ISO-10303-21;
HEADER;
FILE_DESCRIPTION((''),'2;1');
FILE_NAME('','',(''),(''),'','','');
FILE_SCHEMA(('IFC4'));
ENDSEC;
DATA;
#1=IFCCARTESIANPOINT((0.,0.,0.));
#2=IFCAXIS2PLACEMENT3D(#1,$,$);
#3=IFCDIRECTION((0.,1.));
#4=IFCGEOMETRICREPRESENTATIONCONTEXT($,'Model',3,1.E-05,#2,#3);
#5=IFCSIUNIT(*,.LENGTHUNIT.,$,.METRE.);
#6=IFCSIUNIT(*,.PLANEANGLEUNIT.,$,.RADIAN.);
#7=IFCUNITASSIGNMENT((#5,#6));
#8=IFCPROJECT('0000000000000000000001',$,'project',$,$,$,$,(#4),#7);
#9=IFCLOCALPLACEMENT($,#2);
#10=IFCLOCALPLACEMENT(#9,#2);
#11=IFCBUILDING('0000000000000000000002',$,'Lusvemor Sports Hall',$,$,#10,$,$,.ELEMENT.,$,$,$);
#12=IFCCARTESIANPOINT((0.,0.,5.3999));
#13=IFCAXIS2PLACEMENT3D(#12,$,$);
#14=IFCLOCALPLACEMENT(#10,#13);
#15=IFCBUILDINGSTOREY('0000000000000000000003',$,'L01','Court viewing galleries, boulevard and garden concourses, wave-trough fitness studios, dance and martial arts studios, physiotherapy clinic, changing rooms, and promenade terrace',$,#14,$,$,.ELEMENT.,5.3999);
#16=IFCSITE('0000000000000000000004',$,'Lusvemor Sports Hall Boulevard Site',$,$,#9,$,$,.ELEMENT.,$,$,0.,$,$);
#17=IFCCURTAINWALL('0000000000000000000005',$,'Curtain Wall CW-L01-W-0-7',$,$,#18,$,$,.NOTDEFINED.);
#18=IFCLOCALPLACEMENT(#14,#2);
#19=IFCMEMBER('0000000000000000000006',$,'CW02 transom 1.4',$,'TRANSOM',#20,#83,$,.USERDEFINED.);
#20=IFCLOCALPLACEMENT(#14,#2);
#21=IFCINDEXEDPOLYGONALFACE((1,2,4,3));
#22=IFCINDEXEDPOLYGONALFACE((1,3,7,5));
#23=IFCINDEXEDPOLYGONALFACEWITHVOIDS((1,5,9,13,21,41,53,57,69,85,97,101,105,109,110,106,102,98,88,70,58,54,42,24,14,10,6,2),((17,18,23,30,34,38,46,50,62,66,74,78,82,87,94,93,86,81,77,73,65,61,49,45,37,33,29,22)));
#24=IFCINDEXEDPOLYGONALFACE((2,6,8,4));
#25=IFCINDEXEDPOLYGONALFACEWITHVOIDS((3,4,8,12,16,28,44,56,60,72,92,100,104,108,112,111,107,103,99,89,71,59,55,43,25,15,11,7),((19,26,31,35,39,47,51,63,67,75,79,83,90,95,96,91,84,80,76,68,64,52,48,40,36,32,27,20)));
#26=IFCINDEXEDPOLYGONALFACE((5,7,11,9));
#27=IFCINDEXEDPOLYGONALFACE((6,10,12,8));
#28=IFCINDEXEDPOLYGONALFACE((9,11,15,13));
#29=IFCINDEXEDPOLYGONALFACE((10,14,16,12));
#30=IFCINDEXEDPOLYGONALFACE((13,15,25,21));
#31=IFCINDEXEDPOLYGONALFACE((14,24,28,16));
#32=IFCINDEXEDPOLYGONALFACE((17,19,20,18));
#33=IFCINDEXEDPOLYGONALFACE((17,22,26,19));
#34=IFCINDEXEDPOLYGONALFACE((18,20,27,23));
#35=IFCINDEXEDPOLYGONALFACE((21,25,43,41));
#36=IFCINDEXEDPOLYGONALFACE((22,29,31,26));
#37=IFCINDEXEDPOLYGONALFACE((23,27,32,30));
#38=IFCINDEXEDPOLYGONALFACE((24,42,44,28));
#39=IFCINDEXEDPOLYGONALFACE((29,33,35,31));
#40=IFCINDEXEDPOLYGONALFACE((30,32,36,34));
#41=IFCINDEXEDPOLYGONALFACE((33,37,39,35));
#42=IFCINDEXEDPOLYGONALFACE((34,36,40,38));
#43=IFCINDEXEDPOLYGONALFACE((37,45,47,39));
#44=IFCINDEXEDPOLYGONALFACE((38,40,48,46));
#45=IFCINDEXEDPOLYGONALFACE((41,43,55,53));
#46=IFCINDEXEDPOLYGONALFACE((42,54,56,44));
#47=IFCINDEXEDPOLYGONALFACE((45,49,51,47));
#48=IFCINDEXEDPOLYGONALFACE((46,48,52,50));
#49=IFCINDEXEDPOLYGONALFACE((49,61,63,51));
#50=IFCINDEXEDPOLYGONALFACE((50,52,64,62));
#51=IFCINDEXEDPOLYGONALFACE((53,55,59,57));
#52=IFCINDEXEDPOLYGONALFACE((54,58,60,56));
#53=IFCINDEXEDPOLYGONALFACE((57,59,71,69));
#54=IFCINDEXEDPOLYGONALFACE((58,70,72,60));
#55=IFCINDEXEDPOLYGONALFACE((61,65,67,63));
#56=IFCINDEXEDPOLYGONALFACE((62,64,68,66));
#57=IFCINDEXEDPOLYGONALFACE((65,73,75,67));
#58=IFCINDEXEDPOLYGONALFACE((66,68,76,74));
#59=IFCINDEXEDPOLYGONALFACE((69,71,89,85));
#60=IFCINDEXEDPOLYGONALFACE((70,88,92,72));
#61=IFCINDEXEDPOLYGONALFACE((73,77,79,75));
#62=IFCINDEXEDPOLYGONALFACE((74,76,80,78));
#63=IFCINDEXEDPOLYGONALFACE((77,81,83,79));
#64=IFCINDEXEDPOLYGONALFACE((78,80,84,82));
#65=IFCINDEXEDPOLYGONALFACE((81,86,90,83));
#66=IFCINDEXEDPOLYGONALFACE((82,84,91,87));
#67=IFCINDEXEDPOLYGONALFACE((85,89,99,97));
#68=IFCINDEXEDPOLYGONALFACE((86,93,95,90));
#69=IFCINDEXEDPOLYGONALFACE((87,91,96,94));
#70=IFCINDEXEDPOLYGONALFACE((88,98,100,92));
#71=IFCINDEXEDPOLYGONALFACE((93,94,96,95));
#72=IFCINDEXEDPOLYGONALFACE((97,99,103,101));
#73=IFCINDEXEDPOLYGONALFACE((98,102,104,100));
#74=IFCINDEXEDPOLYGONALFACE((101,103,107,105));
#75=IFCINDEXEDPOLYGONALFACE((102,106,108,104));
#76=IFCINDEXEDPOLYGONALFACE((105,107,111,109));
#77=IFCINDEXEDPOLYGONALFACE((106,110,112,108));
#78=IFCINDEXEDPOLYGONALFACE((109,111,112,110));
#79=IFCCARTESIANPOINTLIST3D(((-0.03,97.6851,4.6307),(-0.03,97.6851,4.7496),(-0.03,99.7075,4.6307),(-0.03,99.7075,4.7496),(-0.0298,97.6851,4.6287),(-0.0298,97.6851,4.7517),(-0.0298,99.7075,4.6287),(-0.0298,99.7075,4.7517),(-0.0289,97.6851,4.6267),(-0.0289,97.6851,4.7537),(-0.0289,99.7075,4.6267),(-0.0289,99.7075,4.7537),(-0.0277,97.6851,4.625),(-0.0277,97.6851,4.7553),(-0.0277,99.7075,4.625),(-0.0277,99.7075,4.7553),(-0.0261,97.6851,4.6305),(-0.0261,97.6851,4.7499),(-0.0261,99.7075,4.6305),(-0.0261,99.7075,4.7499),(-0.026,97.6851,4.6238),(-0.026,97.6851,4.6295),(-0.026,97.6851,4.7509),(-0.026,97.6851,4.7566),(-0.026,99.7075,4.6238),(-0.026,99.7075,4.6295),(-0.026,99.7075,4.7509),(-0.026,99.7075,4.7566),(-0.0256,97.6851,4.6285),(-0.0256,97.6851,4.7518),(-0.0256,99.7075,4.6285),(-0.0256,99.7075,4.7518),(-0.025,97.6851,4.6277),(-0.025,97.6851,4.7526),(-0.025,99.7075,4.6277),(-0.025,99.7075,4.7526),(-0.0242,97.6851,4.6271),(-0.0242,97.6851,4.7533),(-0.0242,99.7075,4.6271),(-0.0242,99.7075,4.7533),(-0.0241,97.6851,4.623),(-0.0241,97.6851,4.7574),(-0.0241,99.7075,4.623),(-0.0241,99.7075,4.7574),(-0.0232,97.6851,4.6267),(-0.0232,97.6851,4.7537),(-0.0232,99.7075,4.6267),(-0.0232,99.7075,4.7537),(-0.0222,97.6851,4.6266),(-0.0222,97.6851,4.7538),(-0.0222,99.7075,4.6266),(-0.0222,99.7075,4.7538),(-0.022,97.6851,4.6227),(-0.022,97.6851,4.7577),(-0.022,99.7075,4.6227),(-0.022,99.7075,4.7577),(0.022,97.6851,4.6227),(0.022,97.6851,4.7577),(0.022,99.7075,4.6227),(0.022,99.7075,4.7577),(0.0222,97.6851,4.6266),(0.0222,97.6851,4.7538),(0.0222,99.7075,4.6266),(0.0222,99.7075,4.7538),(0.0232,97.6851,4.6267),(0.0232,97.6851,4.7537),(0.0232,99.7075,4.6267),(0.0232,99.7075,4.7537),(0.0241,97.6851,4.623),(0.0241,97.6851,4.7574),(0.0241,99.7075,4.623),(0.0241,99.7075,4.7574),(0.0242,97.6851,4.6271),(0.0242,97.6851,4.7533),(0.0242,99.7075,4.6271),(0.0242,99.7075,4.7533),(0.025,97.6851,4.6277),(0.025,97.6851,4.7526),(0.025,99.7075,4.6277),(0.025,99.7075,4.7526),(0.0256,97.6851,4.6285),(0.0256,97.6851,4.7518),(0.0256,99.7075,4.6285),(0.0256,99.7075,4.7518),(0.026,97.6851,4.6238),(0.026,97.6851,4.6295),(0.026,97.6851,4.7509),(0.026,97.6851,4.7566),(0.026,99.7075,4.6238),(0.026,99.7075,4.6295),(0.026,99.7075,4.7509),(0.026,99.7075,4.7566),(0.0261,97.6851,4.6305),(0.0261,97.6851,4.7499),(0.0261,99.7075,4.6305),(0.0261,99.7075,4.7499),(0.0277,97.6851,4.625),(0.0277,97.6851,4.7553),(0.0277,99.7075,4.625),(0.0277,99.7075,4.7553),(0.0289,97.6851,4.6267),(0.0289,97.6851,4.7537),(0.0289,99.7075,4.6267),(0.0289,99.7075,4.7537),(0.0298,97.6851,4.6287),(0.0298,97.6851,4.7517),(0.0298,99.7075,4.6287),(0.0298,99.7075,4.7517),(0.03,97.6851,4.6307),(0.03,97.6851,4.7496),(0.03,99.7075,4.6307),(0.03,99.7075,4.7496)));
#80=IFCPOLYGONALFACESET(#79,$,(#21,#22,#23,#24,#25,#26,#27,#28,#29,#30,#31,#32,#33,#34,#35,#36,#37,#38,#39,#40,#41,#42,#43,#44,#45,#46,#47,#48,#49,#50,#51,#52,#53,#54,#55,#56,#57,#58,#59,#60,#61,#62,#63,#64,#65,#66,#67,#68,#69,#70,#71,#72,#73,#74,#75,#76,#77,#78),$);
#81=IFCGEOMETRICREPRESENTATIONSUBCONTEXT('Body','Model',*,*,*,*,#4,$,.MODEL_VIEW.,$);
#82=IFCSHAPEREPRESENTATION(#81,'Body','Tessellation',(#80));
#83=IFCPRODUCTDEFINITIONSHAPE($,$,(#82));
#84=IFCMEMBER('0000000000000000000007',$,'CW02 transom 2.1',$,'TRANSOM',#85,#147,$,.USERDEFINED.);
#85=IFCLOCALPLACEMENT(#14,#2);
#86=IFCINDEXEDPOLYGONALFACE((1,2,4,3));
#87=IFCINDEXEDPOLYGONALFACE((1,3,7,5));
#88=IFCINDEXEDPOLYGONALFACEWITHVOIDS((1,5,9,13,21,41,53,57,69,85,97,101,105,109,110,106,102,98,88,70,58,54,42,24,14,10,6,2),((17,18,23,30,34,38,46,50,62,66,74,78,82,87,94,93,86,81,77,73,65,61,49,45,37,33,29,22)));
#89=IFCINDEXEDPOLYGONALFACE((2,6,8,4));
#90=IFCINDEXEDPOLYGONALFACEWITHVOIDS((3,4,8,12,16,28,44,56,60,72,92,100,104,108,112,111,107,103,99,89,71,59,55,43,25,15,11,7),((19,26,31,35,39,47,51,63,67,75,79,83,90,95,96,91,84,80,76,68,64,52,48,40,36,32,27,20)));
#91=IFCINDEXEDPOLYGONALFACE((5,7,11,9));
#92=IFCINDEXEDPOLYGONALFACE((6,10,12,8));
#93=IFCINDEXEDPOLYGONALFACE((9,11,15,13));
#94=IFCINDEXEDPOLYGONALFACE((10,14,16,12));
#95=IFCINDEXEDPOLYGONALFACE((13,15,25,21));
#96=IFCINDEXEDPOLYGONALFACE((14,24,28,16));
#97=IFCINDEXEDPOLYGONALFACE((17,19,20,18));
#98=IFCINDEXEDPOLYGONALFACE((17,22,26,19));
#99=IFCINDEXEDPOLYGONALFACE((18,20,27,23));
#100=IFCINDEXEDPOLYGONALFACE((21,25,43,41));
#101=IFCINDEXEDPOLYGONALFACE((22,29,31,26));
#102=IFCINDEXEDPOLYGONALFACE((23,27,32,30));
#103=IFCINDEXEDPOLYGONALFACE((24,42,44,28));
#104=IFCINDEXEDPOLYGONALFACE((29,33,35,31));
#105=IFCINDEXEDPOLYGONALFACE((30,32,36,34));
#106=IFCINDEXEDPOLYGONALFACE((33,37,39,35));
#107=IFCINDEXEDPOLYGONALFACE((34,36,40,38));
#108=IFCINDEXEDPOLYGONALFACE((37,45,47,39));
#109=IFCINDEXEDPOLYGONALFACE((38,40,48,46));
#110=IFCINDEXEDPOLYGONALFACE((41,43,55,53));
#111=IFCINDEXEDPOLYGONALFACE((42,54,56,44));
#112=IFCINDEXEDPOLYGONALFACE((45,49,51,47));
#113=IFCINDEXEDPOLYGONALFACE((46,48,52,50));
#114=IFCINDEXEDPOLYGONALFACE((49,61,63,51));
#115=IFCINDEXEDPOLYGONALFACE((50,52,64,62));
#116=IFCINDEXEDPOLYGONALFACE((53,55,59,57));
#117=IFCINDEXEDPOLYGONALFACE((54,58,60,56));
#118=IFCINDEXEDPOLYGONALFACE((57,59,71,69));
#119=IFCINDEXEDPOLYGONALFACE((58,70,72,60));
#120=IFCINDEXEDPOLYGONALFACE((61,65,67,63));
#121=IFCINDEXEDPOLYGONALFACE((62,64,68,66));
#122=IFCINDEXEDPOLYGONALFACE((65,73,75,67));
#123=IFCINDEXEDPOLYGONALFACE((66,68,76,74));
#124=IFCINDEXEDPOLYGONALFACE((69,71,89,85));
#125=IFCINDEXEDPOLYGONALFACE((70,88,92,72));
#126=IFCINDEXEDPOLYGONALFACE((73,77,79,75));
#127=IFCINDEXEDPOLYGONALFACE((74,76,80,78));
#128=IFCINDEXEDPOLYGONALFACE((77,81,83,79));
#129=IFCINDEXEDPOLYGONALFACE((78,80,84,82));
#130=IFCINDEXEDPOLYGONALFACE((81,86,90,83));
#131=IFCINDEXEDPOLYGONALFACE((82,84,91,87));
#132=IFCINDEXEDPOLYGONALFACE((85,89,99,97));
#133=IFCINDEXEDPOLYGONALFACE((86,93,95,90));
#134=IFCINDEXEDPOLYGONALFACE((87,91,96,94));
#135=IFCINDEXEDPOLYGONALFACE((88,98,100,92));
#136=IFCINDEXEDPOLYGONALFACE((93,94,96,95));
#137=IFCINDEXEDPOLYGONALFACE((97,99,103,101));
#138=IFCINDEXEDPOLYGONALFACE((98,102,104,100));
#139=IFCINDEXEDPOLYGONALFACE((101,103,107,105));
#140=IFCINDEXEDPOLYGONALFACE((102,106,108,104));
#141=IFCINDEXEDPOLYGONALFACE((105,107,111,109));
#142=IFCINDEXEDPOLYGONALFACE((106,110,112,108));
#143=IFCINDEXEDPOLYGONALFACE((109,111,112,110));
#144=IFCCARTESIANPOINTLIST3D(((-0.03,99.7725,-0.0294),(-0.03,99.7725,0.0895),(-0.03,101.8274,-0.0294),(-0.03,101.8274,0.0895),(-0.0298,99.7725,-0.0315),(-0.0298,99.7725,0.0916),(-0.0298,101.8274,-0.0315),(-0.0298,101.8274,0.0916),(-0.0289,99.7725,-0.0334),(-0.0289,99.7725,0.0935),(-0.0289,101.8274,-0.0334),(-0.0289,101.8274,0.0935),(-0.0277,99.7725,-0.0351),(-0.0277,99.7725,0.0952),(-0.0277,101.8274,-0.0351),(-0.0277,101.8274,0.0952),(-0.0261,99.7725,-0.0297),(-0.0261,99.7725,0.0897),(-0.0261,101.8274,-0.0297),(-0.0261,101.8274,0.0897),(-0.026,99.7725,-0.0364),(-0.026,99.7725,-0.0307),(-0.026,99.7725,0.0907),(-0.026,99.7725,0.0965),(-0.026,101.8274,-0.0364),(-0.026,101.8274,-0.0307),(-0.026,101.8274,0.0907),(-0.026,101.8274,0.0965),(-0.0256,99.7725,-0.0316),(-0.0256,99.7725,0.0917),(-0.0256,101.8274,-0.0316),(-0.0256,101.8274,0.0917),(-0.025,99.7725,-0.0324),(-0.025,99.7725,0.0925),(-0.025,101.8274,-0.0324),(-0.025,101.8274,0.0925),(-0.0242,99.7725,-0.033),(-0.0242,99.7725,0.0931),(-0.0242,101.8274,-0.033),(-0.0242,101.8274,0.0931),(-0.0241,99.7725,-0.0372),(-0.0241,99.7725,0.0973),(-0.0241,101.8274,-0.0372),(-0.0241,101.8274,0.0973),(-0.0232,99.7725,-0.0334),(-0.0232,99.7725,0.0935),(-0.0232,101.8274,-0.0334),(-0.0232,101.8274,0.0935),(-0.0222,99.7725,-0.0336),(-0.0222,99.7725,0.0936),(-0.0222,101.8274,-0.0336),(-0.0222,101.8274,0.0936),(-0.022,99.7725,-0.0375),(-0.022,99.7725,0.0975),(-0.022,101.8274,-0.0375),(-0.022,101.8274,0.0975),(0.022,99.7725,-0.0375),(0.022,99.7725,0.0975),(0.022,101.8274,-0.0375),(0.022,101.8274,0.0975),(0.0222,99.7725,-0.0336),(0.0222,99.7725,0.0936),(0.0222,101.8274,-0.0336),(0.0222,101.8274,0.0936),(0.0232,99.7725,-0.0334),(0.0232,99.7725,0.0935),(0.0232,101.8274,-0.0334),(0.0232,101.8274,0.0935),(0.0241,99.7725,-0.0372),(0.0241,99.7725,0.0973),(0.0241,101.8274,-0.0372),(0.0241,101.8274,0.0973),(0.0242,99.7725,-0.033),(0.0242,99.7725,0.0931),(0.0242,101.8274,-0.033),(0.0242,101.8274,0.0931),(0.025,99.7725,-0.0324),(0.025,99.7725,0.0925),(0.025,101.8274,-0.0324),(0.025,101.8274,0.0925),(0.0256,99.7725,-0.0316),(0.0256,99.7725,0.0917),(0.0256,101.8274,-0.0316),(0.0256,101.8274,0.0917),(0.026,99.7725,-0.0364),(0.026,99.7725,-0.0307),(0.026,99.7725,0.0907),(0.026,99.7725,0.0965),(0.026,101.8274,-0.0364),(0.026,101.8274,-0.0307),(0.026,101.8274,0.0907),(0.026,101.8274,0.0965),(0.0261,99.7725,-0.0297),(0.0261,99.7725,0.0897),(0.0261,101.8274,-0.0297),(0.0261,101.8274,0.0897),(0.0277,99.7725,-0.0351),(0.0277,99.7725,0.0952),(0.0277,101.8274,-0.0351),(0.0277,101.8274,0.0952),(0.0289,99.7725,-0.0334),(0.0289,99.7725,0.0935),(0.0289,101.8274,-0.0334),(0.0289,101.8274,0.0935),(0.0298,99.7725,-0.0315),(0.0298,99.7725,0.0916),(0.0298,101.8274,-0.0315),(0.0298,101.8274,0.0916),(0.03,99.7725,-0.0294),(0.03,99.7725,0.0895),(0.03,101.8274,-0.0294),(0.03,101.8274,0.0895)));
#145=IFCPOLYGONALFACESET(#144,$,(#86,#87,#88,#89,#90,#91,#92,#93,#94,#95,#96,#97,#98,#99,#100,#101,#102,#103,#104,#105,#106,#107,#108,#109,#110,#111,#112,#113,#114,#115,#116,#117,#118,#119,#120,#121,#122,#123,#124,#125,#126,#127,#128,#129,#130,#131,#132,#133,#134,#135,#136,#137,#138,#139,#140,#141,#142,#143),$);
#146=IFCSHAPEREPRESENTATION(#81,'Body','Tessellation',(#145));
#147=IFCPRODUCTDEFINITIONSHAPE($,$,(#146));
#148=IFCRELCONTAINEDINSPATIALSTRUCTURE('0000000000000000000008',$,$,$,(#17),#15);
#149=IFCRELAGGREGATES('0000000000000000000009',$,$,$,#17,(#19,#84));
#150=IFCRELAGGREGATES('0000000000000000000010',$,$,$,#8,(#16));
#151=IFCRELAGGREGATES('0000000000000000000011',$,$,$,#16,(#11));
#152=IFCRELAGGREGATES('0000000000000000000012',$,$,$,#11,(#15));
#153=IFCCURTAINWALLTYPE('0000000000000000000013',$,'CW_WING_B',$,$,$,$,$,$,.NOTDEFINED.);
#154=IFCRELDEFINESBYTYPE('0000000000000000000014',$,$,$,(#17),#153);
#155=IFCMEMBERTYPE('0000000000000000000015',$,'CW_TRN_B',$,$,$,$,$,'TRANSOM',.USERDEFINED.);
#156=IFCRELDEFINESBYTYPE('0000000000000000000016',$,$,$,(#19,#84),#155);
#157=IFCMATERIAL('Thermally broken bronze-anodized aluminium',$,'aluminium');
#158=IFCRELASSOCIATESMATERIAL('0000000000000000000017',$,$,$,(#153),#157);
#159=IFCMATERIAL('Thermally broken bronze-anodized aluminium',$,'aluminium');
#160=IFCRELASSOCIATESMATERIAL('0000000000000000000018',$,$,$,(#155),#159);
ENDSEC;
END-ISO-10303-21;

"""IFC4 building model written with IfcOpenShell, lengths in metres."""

from ifc_helpers import new_model, si_unit, direction, frame, origin, origin_2d, place, context, subcontext, project, spatial, hollow_rectangle, extrude, material, material_profile, profile_set, type_object, element, aggregate, save


model = new_model("IFC4")

# Units and contexts
model_context = context("Model", 3, precision=1e-05, world=origin(), true_north=direction((0.0, 1.0)))
body_context = subcontext(model_context, "Body", "Model", "MODEL_VIEW")
ifc_project = project(units=[si_unit("LENGTHUNIT", "METRE"), si_unit("PLANEANGLEUNIT", "RADIAN")], contexts=[model_context])

# Site, building, storey
site_placement = place(None, origin())
site = spatial("IfcSite", under=ifc_project, at=site_placement, Name="Lusvemor Sports Hall Boulevard Site", CompositionType="ELEMENT", RefElevation=0.0)
building_placement = place(site_placement, origin())
building = spatial("IfcBuilding", under=site, at=building_placement, Name="Lusvemor Sports Hall", CompositionType="ELEMENT")
storey_placement = place(building_placement, frame((0.0, 0.0, 5.3999)))
storey = spatial("IfcBuildingStorey", under=building, at=storey_placement, Name="L01", Description="Court viewing galleries, boulevard and garden concourses, wave-trough fitness studios, dance and martial arts studios, physiotherapy clinic, changing rooms, and promenade terrace", CompositionType="ELEMENT", Elevation=5.3999)

# Curtain wall, members
ifc_material_1 = material(Name="Thermally broken bronze-anodized aluminium", Category="aluminium")
curtain_wall_type = type_object("IfcCurtainWallType", Name="CW_WING_B", PredefinedType="NOTDEFINED", material=ifc_material_1)
curtain_wall_placement = place(storey_placement, origin())
curtain_wall = element("IfcCurtainWall", 1, at=curtain_wall_placement, inside=storey, type_object=curtain_wall_type, Name="Curtain Wall CW-L01-W-0-7", PredefinedType="NOTDEFINED")
ifc_material_2 = material(Name="Thermally broken bronze-anodized aluminium", Category="aluminium")
ifc_material_profile_1 = material_profile(ifc_material_2, hollow_rectangle(XDim=0.0601, YDim=0.135, WallThickness=0.0039, InnerFilletRadius=0.0039, OuterFilletRadius=0.0081, at=origin_2d()), Name="CWTRN135x60x4")
ifc_profile_set_1 = profile_set([ifc_material_profile_1], Name="Thermally broken bronze-anodized aluminium")
member_type_1 = type_object("IfcMemberType", Name="CW_TRN_B", ElementType="TRANSOM", PredefinedType="USERDEFINED", material=ifc_profile_set_1)
member_1_placement = place(storey_placement, frame((0.0, 97.6851, 4.6902), z_axis=(0.0, 1.0, 0.0), x_axis=(-1.0, 0.0, 0.0)))
member_1 = element("IfcMember", 2, at=member_1_placement, type_object=member_type_1, Name="CW02 transom 1.4", ObjectType="TRANSOM", PredefinedType="USERDEFINED", context=body_context, shape_type="SweptSolid", body=[
    extrude(hollow_rectangle(XDim=0.0601, YDim=0.135, WallThickness=0.0039, InnerFilletRadius=0.0039, OuterFilletRadius=0.0081, at=origin_2d()), origin(), (0.0, 0.0, 1.0), 2.0225),
])
member_2_placement = place(storey_placement, frame((0.0, 99.7725, 0.03), z_axis=(0.0, 1.0, 0.0), x_axis=(-1.0, 0.0, 0.0)))
member_2 = element("IfcMember", 3, at=member_2_placement, type_object=member_type_1, Name="CW02 transom 2.1", ObjectType="TRANSOM", PredefinedType="USERDEFINED", context=body_context, shape_type="SweptSolid", body=[
    extrude(hollow_rectangle(XDim=0.0601, YDim=0.135, WallThickness=0.0039, InnerFilletRadius=0.0039, OuterFilletRadius=0.0081, at=origin_2d()), origin(), (0.0, 0.0, 1.0), 2.0549),
])

aggregate(curtain_wall, [member_1, member_2])

save(model, "model.ifc")
